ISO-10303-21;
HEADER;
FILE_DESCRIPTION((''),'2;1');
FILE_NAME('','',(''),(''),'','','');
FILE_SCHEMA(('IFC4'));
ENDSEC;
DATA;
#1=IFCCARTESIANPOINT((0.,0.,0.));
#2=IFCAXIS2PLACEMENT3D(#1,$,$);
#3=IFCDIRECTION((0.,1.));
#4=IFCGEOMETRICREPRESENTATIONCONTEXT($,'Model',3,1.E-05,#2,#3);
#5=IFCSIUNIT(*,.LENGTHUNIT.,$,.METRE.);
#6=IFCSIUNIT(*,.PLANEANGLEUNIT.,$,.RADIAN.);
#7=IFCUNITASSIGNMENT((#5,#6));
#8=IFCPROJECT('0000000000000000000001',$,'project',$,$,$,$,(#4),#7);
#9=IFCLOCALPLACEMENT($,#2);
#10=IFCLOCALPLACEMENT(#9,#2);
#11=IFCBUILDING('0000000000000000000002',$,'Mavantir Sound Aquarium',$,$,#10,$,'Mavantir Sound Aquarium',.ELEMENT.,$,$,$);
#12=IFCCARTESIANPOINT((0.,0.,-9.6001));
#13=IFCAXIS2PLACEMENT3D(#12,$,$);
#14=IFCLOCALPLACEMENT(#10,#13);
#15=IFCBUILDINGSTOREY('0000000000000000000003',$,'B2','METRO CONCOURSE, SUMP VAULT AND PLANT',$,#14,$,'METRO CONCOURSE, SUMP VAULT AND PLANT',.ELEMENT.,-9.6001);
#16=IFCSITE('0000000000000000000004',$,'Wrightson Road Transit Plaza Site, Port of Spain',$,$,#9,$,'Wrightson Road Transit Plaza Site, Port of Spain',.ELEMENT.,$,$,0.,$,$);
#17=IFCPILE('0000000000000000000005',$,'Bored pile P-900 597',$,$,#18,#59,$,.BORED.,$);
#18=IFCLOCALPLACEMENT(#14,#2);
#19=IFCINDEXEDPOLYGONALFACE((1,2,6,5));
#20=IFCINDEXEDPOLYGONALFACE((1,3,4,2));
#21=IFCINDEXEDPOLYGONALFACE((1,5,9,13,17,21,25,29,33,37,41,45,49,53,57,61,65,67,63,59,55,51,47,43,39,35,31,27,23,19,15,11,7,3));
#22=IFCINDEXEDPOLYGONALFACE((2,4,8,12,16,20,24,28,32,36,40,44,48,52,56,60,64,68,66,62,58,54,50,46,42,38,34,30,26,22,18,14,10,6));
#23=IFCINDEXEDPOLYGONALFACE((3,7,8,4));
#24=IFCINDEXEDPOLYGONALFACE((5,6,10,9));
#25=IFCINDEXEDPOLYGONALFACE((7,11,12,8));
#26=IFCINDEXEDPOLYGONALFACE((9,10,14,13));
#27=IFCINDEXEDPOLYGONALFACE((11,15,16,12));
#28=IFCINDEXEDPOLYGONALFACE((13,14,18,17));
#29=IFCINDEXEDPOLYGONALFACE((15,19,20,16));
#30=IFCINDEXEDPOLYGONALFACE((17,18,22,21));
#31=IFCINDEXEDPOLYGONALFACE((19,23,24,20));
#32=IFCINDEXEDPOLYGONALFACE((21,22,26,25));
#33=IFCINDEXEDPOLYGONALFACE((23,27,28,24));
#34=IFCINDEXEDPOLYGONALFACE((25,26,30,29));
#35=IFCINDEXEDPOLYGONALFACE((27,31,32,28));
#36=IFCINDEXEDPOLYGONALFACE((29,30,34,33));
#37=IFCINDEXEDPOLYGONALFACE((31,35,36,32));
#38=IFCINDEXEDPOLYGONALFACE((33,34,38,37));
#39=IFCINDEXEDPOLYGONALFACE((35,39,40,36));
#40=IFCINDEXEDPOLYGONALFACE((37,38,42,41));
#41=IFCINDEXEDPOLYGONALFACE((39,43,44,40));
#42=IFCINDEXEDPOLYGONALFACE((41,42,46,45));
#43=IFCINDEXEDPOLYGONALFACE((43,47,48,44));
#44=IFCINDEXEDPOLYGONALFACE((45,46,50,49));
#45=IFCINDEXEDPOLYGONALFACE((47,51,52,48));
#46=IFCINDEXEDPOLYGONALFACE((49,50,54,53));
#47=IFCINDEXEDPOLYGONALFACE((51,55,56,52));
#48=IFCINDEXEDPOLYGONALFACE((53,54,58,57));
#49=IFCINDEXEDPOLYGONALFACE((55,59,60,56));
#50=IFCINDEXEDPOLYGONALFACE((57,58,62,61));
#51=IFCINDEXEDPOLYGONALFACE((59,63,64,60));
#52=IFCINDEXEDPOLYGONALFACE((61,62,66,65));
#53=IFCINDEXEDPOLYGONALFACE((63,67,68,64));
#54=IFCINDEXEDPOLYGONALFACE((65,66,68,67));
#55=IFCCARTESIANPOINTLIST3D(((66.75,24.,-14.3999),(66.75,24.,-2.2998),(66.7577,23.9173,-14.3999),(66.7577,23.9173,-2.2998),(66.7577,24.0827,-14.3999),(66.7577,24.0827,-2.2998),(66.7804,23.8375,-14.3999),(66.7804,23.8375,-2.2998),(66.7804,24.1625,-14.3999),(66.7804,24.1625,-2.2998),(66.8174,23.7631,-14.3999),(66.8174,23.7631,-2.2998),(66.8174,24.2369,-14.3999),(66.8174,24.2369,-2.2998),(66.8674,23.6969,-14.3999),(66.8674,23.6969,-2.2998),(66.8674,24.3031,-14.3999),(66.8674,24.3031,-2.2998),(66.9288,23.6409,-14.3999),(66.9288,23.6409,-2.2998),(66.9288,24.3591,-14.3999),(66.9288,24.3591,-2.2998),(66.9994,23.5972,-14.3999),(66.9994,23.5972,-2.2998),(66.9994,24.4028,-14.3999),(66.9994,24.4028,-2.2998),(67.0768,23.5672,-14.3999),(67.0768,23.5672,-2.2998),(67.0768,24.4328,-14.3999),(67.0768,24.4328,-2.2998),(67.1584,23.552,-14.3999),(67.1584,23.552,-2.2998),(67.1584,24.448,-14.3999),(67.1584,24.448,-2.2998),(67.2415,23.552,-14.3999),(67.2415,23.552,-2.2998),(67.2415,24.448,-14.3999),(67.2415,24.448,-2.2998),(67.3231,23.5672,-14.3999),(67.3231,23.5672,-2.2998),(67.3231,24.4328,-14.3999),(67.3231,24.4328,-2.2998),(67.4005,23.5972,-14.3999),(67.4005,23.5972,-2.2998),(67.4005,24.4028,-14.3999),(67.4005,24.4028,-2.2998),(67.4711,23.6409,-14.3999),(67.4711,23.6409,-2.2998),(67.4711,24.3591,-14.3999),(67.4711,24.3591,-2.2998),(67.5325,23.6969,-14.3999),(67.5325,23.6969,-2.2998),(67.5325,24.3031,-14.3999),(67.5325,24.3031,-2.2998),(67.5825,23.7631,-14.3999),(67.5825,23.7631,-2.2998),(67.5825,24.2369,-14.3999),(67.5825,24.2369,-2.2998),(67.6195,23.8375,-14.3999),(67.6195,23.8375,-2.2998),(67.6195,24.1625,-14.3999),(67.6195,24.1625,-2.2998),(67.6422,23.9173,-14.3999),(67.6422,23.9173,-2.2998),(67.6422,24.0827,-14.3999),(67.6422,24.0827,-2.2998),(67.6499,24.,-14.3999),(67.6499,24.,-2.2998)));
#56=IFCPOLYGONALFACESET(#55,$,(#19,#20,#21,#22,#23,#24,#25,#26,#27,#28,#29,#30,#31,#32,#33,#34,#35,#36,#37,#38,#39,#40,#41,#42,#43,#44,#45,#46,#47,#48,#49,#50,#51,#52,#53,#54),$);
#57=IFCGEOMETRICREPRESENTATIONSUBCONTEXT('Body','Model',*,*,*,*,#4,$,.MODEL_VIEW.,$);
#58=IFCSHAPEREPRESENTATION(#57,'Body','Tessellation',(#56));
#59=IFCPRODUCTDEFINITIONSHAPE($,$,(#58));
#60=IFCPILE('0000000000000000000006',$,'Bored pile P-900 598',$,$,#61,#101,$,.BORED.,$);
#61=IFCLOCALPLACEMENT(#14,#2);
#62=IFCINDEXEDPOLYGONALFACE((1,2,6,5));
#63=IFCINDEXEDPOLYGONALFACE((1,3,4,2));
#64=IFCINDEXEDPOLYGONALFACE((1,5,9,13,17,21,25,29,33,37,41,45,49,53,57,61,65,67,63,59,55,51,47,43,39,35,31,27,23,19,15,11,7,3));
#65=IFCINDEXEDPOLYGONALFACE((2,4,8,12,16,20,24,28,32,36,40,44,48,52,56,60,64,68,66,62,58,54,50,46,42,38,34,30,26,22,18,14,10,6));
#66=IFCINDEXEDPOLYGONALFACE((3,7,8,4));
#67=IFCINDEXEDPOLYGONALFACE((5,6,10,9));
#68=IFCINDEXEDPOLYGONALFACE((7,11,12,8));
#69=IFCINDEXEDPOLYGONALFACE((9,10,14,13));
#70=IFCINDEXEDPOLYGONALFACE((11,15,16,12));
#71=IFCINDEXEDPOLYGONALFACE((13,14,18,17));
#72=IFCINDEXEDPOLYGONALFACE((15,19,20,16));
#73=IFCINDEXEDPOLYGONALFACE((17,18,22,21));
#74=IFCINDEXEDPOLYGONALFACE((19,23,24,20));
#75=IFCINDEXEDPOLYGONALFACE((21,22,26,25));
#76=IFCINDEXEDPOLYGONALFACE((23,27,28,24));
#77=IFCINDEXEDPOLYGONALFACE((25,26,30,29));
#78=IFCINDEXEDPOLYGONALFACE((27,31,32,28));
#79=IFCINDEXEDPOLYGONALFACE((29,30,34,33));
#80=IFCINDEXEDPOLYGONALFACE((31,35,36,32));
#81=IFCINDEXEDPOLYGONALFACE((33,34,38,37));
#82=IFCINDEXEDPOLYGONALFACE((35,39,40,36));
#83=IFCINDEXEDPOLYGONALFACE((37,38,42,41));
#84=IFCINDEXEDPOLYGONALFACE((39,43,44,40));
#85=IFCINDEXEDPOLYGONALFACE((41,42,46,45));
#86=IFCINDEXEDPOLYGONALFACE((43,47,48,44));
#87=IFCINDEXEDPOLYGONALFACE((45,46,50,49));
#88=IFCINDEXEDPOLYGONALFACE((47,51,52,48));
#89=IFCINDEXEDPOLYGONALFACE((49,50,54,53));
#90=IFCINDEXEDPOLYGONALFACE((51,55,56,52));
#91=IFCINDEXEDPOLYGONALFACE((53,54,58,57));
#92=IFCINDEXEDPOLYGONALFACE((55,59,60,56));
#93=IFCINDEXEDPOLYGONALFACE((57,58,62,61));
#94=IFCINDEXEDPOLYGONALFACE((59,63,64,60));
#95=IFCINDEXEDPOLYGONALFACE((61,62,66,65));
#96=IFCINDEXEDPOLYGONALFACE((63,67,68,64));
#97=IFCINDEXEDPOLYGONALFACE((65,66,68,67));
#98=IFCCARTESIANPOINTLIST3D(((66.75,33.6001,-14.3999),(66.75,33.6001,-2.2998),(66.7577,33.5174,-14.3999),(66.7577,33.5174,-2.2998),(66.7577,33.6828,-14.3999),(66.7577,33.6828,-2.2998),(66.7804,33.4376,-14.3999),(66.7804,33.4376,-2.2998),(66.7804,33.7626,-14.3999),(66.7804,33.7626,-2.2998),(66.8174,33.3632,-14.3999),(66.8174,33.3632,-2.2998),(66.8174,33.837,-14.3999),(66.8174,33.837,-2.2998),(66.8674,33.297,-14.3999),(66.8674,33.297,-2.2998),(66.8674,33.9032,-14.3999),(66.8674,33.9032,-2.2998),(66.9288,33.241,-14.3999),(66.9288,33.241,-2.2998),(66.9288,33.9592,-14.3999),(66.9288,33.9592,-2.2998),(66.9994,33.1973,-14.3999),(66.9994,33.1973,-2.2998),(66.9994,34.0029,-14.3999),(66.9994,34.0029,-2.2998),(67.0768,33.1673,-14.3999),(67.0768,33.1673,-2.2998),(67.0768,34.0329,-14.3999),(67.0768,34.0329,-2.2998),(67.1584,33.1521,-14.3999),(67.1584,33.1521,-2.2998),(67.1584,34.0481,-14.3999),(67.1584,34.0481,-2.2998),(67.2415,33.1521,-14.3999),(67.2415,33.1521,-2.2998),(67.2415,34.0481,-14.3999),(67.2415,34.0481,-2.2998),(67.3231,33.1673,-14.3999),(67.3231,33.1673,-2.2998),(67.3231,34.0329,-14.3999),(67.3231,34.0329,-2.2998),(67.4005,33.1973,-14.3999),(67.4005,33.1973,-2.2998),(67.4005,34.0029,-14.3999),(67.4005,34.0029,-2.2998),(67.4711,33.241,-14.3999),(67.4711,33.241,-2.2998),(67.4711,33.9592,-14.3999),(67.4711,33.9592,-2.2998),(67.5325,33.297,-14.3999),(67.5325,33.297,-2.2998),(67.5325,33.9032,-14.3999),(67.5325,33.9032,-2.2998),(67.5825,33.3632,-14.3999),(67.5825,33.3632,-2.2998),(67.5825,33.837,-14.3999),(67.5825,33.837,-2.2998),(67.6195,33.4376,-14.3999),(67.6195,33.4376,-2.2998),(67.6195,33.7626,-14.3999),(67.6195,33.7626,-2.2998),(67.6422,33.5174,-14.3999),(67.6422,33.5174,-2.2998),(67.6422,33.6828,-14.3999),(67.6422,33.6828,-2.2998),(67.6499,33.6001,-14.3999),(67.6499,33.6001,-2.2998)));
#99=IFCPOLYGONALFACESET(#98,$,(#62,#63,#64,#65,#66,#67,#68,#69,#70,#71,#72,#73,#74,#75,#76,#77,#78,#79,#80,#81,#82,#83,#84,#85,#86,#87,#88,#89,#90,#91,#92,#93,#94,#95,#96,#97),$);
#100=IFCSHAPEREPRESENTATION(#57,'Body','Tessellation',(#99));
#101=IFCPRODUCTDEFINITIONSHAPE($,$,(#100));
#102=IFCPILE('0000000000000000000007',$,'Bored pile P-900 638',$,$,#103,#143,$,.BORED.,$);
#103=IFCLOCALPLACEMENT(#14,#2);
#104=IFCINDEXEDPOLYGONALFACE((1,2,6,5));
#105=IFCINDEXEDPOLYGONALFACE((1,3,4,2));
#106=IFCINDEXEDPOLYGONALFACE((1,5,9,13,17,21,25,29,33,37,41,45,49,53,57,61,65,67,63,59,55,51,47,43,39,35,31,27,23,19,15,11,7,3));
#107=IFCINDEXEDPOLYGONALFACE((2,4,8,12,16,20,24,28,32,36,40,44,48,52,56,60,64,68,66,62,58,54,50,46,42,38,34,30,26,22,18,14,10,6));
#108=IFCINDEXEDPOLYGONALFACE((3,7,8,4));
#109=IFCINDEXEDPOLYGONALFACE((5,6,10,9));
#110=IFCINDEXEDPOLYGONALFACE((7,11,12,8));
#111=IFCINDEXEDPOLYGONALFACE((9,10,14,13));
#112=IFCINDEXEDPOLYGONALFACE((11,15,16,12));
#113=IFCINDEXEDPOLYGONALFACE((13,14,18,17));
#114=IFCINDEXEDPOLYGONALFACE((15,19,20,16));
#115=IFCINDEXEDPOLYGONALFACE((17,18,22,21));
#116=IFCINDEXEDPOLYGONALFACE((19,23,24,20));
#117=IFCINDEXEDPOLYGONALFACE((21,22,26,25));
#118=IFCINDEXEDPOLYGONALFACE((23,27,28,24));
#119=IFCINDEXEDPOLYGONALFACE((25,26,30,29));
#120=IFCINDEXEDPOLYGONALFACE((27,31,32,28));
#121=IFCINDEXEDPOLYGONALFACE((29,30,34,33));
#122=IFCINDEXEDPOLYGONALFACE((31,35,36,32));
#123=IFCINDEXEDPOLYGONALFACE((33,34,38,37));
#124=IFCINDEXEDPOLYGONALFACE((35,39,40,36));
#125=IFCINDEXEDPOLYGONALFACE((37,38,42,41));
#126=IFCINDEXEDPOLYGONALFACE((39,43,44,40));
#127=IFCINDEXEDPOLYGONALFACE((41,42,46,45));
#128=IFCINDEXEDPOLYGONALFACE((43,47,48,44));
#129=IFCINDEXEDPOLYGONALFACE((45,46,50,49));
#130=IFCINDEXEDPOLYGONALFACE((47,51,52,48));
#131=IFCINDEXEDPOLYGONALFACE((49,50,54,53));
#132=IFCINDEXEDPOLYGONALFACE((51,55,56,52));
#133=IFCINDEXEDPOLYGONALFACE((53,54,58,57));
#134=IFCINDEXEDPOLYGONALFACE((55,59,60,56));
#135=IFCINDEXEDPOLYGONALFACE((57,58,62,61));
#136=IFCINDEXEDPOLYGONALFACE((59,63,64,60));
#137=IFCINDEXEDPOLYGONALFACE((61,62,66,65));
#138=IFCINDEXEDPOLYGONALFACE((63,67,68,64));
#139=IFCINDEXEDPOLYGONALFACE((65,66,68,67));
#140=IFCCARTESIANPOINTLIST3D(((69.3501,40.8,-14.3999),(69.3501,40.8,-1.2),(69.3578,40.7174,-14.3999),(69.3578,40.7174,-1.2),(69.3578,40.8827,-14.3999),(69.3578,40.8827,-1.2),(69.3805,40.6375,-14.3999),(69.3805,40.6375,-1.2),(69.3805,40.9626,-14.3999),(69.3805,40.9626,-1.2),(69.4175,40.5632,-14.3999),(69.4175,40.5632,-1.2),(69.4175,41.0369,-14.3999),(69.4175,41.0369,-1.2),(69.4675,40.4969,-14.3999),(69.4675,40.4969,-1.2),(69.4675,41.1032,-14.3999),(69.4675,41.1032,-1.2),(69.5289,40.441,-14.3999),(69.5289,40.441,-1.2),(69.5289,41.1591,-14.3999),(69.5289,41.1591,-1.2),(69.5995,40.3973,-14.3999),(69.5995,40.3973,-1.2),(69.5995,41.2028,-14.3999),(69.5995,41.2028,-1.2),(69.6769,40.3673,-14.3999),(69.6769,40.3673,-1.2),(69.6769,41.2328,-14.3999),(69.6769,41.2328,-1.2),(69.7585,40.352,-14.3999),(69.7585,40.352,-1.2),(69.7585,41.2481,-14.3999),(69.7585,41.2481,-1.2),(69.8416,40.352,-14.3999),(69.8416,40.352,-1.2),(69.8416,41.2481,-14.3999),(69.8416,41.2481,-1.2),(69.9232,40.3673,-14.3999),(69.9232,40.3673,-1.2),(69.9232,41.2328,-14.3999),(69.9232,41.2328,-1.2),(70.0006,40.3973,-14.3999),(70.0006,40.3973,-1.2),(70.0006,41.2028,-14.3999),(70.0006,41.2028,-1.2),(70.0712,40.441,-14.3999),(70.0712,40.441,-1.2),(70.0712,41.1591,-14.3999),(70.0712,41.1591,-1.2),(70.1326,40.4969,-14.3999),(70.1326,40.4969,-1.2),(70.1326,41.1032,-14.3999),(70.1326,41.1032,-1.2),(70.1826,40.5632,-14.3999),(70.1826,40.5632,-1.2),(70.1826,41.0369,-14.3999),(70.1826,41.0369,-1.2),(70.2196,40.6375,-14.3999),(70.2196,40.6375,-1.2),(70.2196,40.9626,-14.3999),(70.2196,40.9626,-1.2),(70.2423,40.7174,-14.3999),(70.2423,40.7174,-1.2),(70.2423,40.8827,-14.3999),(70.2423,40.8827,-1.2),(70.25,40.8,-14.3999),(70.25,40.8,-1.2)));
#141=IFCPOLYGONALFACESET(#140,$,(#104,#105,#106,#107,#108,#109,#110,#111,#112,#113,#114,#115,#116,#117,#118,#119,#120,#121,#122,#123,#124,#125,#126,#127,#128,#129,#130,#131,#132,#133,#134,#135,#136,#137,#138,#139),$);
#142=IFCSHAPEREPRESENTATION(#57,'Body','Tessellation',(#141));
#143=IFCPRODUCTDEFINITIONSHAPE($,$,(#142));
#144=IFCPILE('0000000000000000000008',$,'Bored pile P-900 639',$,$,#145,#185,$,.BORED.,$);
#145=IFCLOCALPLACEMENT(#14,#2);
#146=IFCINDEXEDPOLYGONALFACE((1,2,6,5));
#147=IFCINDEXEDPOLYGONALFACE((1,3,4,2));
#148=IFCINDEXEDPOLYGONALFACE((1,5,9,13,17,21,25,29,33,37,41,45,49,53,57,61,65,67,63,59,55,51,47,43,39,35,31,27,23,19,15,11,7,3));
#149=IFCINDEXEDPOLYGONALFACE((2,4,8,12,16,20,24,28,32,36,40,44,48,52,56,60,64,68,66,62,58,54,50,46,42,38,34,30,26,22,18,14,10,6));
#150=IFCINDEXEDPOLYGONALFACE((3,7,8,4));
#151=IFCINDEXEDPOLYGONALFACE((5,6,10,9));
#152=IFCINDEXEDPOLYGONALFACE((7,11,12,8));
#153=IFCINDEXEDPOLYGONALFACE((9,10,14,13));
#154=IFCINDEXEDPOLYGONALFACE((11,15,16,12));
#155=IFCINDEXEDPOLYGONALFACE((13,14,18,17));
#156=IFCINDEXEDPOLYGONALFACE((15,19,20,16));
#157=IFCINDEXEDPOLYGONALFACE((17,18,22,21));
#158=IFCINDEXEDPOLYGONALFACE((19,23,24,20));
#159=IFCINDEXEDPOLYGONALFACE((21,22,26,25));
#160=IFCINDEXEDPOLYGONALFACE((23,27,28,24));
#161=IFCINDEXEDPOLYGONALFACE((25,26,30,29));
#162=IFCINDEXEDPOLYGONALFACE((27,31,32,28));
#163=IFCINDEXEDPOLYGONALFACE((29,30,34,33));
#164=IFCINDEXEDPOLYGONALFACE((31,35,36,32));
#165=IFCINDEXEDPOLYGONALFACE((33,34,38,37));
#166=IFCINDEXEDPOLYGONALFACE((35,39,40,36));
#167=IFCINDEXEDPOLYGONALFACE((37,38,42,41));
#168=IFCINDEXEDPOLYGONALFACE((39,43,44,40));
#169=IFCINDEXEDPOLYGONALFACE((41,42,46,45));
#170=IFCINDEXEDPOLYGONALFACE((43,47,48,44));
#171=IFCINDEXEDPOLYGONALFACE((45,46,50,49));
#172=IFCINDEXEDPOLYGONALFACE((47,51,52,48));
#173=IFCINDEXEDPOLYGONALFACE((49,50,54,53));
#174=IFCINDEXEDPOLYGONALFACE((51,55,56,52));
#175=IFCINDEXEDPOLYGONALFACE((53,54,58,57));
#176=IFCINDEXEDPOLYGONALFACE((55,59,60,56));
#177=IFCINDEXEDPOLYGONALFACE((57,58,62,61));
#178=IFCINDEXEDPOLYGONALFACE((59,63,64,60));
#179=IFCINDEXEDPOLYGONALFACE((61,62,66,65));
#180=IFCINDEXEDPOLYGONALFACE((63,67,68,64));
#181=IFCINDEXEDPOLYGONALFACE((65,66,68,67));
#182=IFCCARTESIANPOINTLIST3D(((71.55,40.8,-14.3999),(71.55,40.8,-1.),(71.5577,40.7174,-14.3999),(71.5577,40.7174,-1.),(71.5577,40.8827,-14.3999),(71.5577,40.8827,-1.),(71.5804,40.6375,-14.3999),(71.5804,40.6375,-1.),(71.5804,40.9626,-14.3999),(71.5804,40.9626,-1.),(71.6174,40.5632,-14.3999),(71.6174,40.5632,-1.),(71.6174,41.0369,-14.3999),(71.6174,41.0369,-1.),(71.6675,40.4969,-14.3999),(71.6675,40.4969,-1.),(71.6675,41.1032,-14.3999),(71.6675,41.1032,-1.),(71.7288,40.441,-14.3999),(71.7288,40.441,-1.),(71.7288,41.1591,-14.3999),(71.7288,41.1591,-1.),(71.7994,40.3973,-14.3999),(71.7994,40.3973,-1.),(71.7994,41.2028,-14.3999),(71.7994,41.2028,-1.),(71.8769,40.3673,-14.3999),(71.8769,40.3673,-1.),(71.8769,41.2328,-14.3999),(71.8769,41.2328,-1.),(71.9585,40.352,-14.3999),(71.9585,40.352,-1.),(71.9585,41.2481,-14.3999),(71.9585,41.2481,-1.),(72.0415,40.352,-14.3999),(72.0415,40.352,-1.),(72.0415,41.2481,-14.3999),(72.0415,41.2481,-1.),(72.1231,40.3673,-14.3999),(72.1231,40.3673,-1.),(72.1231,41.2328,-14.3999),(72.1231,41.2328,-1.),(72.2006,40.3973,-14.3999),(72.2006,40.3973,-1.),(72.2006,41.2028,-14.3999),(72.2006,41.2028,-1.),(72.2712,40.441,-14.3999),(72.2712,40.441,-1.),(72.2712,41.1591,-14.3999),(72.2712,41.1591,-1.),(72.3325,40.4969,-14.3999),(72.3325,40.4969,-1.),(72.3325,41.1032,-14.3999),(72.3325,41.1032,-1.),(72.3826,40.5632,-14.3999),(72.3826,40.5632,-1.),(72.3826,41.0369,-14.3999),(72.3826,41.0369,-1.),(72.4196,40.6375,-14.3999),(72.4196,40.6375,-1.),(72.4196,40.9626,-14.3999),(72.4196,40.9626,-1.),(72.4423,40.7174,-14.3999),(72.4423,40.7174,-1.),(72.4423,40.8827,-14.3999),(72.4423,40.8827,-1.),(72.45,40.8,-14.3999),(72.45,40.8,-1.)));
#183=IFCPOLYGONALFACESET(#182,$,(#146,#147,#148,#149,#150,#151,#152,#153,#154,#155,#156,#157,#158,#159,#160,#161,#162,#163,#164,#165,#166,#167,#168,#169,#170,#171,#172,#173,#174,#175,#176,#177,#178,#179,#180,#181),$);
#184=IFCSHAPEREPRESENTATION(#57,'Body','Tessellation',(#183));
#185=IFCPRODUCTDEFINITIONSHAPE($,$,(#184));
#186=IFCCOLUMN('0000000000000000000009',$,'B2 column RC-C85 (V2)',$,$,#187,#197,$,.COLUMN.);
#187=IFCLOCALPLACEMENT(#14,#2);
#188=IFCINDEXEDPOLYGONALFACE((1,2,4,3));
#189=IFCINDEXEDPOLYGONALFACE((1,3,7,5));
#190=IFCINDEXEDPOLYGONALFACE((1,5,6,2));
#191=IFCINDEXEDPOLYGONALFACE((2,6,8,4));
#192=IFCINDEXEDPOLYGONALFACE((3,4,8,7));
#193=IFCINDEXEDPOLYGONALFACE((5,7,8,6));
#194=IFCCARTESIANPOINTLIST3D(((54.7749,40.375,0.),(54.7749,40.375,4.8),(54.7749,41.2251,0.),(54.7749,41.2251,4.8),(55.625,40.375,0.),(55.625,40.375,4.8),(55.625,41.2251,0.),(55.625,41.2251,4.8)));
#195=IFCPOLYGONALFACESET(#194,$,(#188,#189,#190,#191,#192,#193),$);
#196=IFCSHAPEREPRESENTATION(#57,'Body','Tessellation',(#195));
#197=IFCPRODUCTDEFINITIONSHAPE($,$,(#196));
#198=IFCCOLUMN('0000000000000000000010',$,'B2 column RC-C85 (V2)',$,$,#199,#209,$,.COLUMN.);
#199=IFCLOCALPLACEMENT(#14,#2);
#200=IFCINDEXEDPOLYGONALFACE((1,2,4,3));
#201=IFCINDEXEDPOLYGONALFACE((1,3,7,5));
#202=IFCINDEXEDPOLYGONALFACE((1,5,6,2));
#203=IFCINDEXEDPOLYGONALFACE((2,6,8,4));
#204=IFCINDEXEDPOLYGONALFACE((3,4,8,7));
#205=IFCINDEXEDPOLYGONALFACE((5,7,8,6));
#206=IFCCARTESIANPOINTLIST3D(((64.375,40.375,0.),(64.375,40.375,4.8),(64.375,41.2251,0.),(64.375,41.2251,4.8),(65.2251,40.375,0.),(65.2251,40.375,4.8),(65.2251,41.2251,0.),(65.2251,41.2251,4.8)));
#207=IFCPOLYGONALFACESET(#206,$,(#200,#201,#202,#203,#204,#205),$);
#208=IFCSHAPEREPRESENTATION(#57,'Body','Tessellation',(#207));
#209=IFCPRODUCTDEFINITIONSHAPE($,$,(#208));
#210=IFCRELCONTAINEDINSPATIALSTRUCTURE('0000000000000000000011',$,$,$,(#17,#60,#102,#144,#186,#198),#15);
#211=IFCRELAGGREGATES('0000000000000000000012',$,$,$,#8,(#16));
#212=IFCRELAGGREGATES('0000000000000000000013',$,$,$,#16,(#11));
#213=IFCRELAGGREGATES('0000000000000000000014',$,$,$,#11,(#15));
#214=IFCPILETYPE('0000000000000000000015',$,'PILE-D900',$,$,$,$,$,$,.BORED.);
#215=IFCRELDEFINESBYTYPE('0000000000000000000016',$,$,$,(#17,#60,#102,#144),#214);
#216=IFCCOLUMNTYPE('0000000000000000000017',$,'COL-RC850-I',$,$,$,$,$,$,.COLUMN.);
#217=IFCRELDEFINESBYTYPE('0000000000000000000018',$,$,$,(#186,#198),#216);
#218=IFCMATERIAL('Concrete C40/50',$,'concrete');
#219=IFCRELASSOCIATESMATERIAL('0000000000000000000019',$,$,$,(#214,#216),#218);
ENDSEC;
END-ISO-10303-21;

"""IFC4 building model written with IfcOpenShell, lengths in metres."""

from ifc_helpers import new_model, si_unit, direction, frame, origin, origin_2d, place, context, subcontext, project, spatial, rectangle, circle, extrude, material, material_profile, profile_set, type_object, element, save


model = new_model("IFC4")

# Units and contexts
model_context = context("Model", 3, precision=1e-05, world=origin(), true_north=direction((0.0, 1.0)))
body_context = subcontext(model_context, "Body", "Model", "MODEL_VIEW")
ifc_project = project(units=[si_unit("LENGTHUNIT", "METRE"), si_unit("PLANEANGLEUNIT", "RADIAN")], contexts=[model_context])

# Site, building, storey
site_placement = place(None, origin())
site = spatial("IfcSite", under=ifc_project, at=site_placement, Name="Wrightson Road Transit Plaza Site, Port of Spain", LongName="Wrightson Road Transit Plaza Site, Port of Spain", CompositionType="ELEMENT", RefElevation=0.0)
building_placement = place(site_placement, origin())
building = spatial("IfcBuilding", under=site, at=building_placement, Name="Mavantir Sound Aquarium", LongName="Mavantir Sound Aquarium", CompositionType="ELEMENT")
storey_placement = place(building_placement, frame((0.0, 0.0, -9.6001)))
storey = spatial("IfcBuildingStorey", under=building, at=storey_placement, Name="B2", Description="METRO CONCOURSE, SUMP VAULT AND PLANT", LongName="METRO CONCOURSE, SUMP VAULT AND PLANT", CompositionType="ELEMENT", Elevation=-9.6001)

# Shared definitions
ifc_material_1 = material(Name="Concrete C40/50", Category="concrete")

# Piles
ifc_material_profile_1 = material_profile(ifc_material_1, circle(Radius=0.45, at=origin_2d()), Name="PILE D900")
ifc_profile_set_1 = profile_set([ifc_material_profile_1], Name="Concrete C40/50")
pile_type = type_object("IfcPileType", Name="PILE-D900", PredefinedType="BORED", material=ifc_profile_set_1)
for number, where, z_axis, x_axis, name in (
    (1, (67.2, 24.0, -2.2998), (0.0, 0.0, -1.0), (1.0, 0.0, 0.0), "Bored pile P-900 597"),
    (2, (67.2, 33.6001, -2.2998), (0.0, 0.0, -1.0), (1.0, 0.0, 0.0), "Bored pile P-900 598"),
):
    element("IfcPile", number, at=place(storey_placement, frame(where, z_axis=z_axis, x_axis=x_axis)), inside=storey, type_object=pile_type, Name=name, PredefinedType="BORED", context=body_context, shape_type="SweptSolid", body=[
        extrude(circle(Radius=0.45, at=origin_2d()), origin(), (0.0, 0.0, 1.0), 12.1001),
    ])
pile_1_placement = place(storey_placement, frame((69.8, 40.8, -1.2), z_axis=(0.0, 0.0, -1.0), x_axis=(1.0, 0.0, 0.0)))
element("IfcPile", 3, at=pile_1_placement, inside=storey, type_object=pile_type, Name="Bored pile P-900 638", PredefinedType="BORED", context=body_context, shape_type="SweptSolid", body=[
    extrude(circle(Radius=0.45, at=origin_2d()), origin(), (0.0, 0.0, 1.0), 13.2),
])
pile_2_placement = place(storey_placement, frame((72.0, 40.8, -1.0), z_axis=(0.0, 0.0, -1.0), x_axis=(1.0, 0.0, 0.0)))
element("IfcPile", 4, at=pile_2_placement, inside=storey, type_object=pile_type, Name="Bored pile P-900 639", PredefinedType="BORED", context=body_context, shape_type="SweptSolid", body=[
    extrude(circle(Radius=0.45, at=origin_2d()), origin(), (0.0, 0.0, 1.0), 13.3999),
])

# Columns
ifc_material_profile_2 = material_profile(ifc_material_1, rectangle(XDim=0.8501, YDim=0.8501, at=origin_2d()), Name="RC 850X850")
ifc_profile_set_2 = profile_set([ifc_material_profile_2], Name="Concrete C40/50")
column_type = type_object("IfcColumnType", Name="COL-RC850-I", PredefinedType="COLUMN", material=ifc_profile_set_2)
for number, where, z_axis, x_axis, name in (
    (5, (55.2, 40.8, 0.0), (0.0, 0.0, 1.0), (1.0, 0.0, 0.0), "B2 column RC-C85 (V2)"),
    (6, (64.8, 40.8, 0.0), (0.0, 0.0, 1.0), (1.0, 0.0, 0.0), "B2 column RC-C85 (V2)"),
):
    element("IfcColumn", number, at=place(storey_placement, frame(where, z_axis=z_axis, x_axis=x_axis)), inside=storey, type_object=column_type, Name=name, PredefinedType="COLUMN", context=body_context, shape_type="SweptSolid", body=[
        extrude(rectangle(XDim=0.8501, YDim=0.8501, at=origin_2d()), origin(), (0.0, 0.0, 1.0), 4.8),
    ])

save(model, "model.ifc")
